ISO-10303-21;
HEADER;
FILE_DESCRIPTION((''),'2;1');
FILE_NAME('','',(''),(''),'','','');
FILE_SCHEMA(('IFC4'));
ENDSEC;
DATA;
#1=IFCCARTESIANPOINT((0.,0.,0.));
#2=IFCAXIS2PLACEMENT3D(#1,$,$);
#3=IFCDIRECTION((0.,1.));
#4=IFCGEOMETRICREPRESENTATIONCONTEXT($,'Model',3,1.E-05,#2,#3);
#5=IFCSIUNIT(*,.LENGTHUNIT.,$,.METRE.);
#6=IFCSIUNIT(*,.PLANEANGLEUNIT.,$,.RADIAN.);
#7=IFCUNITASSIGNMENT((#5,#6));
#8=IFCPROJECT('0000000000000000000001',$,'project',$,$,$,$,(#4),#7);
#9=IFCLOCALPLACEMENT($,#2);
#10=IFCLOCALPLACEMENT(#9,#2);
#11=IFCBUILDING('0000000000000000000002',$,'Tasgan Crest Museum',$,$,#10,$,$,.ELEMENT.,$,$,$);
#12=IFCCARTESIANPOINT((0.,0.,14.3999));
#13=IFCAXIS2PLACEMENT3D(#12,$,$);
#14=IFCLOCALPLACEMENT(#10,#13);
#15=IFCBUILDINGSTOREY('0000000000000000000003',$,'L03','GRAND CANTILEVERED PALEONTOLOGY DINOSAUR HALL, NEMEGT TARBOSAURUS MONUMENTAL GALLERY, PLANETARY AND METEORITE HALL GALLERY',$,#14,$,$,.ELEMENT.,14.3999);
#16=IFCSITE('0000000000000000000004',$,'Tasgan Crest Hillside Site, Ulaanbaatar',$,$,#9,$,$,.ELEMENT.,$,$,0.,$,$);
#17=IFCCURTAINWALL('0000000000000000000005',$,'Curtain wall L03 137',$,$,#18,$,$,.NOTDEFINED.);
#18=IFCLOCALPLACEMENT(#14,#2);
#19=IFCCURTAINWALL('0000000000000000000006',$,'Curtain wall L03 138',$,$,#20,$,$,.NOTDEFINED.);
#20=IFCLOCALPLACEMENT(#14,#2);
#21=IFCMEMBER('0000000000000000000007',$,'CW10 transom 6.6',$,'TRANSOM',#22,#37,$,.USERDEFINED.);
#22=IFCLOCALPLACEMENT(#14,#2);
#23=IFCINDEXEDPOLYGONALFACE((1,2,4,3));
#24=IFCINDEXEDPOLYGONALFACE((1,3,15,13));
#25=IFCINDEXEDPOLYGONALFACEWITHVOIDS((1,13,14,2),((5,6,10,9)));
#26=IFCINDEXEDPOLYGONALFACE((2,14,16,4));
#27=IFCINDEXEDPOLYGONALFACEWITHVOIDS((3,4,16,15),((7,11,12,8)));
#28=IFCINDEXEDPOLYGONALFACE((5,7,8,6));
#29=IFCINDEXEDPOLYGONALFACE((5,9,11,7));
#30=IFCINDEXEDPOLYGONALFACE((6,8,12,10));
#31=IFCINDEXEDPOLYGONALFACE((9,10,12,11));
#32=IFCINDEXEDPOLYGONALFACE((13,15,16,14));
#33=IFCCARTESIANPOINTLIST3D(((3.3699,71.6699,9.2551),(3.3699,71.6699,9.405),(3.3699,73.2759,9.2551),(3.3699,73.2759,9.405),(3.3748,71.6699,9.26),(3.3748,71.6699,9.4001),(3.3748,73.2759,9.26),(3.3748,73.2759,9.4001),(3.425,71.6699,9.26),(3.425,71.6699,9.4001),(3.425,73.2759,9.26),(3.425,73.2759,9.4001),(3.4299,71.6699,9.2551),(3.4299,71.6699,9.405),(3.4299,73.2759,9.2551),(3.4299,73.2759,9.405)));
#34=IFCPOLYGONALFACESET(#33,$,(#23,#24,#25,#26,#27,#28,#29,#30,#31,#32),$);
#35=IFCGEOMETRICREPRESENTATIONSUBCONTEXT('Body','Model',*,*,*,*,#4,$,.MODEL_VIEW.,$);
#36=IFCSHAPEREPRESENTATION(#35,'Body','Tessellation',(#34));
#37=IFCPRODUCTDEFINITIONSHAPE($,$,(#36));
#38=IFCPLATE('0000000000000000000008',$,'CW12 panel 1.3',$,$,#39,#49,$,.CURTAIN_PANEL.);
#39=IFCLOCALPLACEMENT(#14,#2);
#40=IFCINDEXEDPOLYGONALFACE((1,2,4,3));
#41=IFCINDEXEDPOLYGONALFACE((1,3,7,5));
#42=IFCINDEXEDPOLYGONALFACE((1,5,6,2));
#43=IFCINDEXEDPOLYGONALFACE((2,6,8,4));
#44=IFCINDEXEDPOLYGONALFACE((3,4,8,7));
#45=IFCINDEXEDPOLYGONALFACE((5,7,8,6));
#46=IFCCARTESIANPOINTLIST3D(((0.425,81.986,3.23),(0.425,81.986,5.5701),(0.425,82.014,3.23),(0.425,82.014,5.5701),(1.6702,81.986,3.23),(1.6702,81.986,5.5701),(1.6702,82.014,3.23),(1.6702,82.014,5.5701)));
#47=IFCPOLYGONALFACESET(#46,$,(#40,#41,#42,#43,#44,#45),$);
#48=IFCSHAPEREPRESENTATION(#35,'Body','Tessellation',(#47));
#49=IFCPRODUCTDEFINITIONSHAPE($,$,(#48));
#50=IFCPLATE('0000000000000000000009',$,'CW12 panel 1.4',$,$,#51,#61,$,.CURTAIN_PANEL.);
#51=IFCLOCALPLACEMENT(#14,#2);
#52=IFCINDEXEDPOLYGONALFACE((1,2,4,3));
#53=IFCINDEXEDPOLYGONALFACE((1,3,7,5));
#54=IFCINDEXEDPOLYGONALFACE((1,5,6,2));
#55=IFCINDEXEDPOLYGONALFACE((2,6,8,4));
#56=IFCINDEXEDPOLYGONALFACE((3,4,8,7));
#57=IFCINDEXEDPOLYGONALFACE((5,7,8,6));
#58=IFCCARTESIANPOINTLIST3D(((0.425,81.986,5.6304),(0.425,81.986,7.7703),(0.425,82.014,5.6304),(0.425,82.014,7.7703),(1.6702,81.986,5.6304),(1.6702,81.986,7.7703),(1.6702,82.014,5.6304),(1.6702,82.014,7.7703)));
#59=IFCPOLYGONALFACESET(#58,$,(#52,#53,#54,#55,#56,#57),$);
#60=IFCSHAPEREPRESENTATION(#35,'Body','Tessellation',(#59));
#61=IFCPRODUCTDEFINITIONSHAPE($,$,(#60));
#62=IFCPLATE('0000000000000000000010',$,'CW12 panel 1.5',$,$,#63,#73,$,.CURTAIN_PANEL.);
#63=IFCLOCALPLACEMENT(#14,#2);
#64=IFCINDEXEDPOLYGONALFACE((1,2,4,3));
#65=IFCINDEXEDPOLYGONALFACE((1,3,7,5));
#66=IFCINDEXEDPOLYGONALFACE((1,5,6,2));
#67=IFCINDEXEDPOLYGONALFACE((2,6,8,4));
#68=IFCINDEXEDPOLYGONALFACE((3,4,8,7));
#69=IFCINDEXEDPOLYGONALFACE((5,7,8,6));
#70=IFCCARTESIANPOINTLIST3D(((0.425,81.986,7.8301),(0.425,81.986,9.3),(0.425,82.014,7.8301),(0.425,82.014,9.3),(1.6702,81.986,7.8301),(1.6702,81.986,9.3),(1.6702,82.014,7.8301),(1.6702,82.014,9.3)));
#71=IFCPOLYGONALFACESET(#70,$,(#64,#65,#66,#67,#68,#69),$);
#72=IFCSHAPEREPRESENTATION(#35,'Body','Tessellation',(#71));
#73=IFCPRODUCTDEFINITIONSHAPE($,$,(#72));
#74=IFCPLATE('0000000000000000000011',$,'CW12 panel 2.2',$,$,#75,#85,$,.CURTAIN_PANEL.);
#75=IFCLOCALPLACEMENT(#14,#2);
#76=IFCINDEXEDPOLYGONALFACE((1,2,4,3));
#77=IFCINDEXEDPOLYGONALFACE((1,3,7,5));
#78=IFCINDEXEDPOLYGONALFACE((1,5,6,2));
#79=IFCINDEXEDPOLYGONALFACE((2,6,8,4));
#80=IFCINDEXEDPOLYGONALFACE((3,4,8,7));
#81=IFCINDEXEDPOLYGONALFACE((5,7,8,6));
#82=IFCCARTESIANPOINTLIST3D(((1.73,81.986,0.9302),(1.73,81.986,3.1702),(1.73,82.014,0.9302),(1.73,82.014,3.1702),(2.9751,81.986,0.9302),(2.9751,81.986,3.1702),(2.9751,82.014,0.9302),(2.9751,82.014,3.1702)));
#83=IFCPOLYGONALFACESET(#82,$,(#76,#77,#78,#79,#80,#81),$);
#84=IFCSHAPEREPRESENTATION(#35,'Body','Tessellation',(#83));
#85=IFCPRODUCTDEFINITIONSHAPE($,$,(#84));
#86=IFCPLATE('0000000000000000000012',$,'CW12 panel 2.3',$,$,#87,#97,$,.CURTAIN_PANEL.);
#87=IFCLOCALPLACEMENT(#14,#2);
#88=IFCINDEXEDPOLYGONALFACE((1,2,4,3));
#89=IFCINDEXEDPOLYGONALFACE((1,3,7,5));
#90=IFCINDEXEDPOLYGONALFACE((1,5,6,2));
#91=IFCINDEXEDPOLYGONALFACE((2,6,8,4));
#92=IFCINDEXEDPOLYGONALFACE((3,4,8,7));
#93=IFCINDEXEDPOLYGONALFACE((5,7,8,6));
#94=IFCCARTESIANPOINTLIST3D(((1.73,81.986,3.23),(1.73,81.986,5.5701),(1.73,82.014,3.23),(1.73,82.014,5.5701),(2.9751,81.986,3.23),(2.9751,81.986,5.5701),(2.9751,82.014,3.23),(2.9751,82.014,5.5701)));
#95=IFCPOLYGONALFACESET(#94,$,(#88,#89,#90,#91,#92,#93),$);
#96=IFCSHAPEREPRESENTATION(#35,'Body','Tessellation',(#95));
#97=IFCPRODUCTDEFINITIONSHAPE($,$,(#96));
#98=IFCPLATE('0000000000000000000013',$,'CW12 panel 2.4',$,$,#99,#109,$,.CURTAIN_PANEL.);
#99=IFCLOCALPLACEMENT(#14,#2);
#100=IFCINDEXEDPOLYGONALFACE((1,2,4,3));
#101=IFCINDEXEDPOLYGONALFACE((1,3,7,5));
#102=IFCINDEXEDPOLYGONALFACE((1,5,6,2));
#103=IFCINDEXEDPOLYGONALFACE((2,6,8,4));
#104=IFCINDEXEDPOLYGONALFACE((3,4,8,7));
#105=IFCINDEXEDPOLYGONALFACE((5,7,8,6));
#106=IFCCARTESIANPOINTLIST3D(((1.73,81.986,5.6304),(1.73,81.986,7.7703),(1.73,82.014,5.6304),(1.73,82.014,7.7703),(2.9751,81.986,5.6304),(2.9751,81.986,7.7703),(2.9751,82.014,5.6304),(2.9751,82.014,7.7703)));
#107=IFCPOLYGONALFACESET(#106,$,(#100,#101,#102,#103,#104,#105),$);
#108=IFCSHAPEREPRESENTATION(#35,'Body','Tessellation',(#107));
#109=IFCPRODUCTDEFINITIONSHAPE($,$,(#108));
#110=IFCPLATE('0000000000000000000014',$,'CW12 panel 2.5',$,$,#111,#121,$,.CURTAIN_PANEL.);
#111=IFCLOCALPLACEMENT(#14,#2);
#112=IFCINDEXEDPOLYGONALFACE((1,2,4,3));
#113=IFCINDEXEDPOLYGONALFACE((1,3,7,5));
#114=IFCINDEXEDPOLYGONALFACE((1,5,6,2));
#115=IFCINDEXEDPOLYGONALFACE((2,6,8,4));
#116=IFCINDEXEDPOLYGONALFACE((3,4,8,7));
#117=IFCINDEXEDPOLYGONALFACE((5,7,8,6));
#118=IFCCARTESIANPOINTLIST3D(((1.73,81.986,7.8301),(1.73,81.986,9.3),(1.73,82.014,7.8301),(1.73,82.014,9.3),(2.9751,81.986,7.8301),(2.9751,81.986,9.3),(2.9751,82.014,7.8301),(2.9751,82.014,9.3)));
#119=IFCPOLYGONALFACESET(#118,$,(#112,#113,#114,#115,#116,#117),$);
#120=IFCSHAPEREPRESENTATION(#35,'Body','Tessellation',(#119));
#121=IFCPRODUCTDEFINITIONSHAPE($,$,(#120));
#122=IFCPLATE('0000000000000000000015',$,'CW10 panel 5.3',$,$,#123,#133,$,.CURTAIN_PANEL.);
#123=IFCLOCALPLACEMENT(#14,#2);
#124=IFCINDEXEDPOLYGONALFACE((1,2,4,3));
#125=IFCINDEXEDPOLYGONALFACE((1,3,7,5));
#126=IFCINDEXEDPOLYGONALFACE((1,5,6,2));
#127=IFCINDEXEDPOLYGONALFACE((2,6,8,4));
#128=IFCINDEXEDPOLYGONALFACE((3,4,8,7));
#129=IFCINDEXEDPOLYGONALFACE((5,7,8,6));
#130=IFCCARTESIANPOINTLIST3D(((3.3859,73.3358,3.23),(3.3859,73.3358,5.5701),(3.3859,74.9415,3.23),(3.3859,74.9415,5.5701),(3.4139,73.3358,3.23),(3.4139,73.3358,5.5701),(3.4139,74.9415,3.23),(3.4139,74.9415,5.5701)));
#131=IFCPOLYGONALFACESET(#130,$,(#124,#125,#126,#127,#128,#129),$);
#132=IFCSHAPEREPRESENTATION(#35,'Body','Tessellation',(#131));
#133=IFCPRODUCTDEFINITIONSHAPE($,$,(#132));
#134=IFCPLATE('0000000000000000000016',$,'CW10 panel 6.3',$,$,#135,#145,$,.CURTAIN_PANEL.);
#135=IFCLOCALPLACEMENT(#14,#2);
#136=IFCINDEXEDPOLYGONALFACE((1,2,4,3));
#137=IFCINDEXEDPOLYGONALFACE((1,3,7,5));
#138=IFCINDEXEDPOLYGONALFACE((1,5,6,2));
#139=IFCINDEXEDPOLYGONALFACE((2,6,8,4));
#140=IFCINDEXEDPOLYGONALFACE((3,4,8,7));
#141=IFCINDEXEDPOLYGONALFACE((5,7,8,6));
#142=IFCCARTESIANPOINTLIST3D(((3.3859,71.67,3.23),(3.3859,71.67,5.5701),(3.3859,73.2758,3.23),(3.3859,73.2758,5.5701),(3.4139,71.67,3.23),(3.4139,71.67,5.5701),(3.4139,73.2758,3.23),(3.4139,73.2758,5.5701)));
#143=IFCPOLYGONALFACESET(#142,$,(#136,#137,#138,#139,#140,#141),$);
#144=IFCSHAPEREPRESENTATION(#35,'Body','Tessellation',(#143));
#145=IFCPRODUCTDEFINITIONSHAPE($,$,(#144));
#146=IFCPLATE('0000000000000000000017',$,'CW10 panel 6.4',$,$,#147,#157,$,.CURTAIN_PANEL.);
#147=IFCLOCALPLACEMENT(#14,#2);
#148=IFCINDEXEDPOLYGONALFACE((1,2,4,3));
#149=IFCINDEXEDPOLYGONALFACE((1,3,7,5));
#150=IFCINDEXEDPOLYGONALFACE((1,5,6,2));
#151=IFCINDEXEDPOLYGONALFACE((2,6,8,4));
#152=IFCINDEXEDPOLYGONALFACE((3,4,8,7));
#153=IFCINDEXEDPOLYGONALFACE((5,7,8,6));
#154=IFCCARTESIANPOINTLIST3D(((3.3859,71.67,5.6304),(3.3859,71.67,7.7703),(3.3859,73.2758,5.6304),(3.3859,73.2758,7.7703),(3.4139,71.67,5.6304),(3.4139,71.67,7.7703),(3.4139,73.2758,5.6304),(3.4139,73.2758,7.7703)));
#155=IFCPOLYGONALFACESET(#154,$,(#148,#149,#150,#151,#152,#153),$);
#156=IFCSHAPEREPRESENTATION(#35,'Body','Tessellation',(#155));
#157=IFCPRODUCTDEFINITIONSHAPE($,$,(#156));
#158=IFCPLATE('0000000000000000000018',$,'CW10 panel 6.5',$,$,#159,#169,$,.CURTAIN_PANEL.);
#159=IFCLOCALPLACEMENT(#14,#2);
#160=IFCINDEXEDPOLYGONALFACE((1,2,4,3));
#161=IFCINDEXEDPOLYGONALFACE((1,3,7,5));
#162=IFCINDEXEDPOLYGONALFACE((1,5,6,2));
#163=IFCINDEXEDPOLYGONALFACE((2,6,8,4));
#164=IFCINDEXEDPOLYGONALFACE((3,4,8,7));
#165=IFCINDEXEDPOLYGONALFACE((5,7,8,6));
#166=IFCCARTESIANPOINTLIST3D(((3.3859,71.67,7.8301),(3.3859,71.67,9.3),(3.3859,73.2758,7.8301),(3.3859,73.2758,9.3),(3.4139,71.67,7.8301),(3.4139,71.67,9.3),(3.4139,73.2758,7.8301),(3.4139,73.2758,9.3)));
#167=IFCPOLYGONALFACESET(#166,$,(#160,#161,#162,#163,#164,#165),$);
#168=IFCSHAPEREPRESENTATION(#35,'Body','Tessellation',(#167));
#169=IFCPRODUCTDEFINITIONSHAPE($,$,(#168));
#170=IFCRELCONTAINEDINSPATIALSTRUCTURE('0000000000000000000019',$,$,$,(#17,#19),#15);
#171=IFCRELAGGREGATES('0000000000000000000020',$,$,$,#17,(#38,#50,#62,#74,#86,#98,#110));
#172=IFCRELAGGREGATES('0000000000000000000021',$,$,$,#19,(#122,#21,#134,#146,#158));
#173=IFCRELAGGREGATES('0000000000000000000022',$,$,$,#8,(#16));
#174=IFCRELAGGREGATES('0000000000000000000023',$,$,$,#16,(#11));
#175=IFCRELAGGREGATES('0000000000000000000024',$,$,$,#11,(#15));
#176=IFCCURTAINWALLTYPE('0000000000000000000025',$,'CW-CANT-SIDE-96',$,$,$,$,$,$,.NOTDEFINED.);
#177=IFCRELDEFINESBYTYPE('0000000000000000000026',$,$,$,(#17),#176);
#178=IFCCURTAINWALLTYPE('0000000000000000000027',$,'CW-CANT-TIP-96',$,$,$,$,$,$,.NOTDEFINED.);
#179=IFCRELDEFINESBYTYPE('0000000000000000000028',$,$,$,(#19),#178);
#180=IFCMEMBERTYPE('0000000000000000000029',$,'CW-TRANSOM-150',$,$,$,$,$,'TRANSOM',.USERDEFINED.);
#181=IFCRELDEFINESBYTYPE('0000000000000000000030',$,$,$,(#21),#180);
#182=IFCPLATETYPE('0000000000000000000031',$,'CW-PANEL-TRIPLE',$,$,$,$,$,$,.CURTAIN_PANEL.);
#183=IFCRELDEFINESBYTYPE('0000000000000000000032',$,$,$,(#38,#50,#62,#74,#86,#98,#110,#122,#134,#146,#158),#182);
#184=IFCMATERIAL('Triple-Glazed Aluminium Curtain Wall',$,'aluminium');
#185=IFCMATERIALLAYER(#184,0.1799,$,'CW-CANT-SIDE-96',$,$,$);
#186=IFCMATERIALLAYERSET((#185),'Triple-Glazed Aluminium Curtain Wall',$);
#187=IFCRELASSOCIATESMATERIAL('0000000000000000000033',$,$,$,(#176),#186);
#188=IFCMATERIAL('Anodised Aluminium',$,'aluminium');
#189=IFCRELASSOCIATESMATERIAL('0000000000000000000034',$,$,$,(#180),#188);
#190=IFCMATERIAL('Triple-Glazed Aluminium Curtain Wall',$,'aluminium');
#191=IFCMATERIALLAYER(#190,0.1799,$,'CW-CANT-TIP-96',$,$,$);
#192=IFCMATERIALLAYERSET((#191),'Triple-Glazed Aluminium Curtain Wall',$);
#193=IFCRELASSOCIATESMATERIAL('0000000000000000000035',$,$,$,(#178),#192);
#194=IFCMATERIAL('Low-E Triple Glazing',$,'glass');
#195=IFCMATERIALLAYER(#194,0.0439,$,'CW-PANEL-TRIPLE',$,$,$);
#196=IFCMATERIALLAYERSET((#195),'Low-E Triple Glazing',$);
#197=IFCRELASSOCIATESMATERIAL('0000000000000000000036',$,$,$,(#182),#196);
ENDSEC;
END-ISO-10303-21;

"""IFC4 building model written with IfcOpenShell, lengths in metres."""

from ifc_helpers import new_model, si_unit, direction, frame, origin, origin_2d, place, context, subcontext, project, spatial, rectangle, hollow_rectangle, extrude, material, layer, layer_set, material_profile, profile_set, type_object, element, aggregate, save


model = new_model("IFC4")

# Units and contexts
model_context = context("Model", 3, precision=1e-05, world=origin(), true_north=direction((0.0, 1.0)))
body_context = subcontext(model_context, "Body", "Model", "MODEL_VIEW")
ifc_project = project(units=[si_unit("LENGTHUNIT", "METRE"), si_unit("PLANEANGLEUNIT", "RADIAN")], contexts=[model_context])

# Site, building, storey
site_placement = place(None, origin())
site = spatial("IfcSite", under=ifc_project, at=site_placement, Name="Tasgan Crest Hillside Site, Ulaanbaatar", CompositionType="ELEMENT", RefElevation=0.0)
building_placement = place(site_placement, origin())
building = spatial("IfcBuilding", under=site, at=building_placement, Name="Tasgan Crest Museum", CompositionType="ELEMENT")
storey_placement = place(building_placement, frame((0.0, 0.0, 14.3999)))
storey = spatial("IfcBuildingStorey", under=building, at=storey_placement, Name="L03", Description="GRAND CANTILEVERED PALEONTOLOGY DINOSAUR HALL, NEMEGT TARBOSAURUS MONUMENTAL GALLERY, PLANETARY AND METEORITE HALL GALLERY", CompositionType="ELEMENT", Elevation=14.3999)

# Curtain walls, member
ifc_material_1 = material(Name="Triple-Glazed Aluminium Curtain Wall", Category="aluminium")
ifc_layer_1 = layer(ifc_material_1, 0.1799, Name="CW-CANT-SIDE-96")
ifc_layer_set_1 = layer_set([ifc_layer_1], Name="Triple-Glazed Aluminium Curtain Wall")
curtain_wall_type_1 = type_object("IfcCurtainWallType", Name="CW-CANT-SIDE-96", PredefinedType="NOTDEFINED", material=ifc_layer_set_1)
curtain_wall_1_placement = place(storey_placement, origin())
curtain_wall_1 = element("IfcCurtainWall", 1, at=curtain_wall_1_placement, inside=storey, type_object=curtain_wall_type_1, Name="Curtain wall L03 137", PredefinedType="NOTDEFINED")
ifc_material_2 = material(Name="Anodised Aluminium", Category="aluminium")
ifc_material_profile = material_profile(ifc_material_2, hollow_rectangle(XDim=0.0601, YDim=0.1499, WallThickness=0.0049, at=origin_2d()), Name="ALU TRANSOM 150x60x5")
ifc_profile_set = profile_set([ifc_material_profile], Name="Anodised Aluminium")
member_type = type_object("IfcMemberType", Name="CW-TRANSOM-150", ElementType="TRANSOM", PredefinedType="USERDEFINED", material=ifc_profile_set)
ifc_material_3 = material(Name="Triple-Glazed Aluminium Curtain Wall", Category="aluminium")
ifc_layer_2 = layer(ifc_material_3, 0.1799, Name="CW-CANT-TIP-96")
ifc_layer_set_2 = layer_set([ifc_layer_2], Name="Triple-Glazed Aluminium Curtain Wall")
curtain_wall_type_2 = type_object("IfcCurtainWallType", Name="CW-CANT-TIP-96", PredefinedType="NOTDEFINED", material=ifc_layer_set_2)
curtain_wall_2_placement = place(storey_placement, origin())
curtain_wall_2 = element("IfcCurtainWall", 2, at=curtain_wall_2_placement, inside=storey, type_object=curtain_wall_type_2, Name="Curtain wall L03 138", PredefinedType="NOTDEFINED")
member_1_placement = place(storey_placement, frame((3.3999, 73.2759, 9.3301), z_axis=(0.0, -1.0, 0.0), x_axis=(1.0, 0.0, 0.0)))
member_1 = element("IfcMember", 3, at=member_1_placement, type_object=member_type, Name="CW10 transom 6.6", ObjectType="TRANSOM", PredefinedType="USERDEFINED", context=body_context, shape_type="SweptSolid", body=[
    extrude(hollow_rectangle(XDim=0.0601, YDim=0.1499, WallThickness=0.0049, at=origin_2d()), origin(), (0.0, 0.0, 1.0), 1.606),
])

# Plates
ifc_material_4 = material(Name="Low-E Triple Glazing", Category="glass")
ifc_layer_3 = layer(ifc_material_4, 0.0439, Name="CW-PANEL-TRIPLE")
ifc_layer_set_3 = layer_set([ifc_layer_3], Name="Low-E Triple Glazing")
plate_type = type_object("IfcPlateType", Name="CW-PANEL-TRIPLE", PredefinedType="CURTAIN_PANEL", material=ifc_layer_set_3)
plate_1_placement = place(storey_placement, frame((1.0476, 82.0, 3.23), z_axis=(0.0, 0.0, 1.0), x_axis=(1.0, 0.0, 0.0)))
plate_1 = element("IfcPlate", 4, at=plate_1_placement, type_object=plate_type, Name="CW12 panel 1.3", PredefinedType="CURTAIN_PANEL", context=body_context, shape_type="SweptSolid", body=[
    extrude(rectangle(XDim=1.2451, YDim=0.0281, at=origin_2d()), origin(), (0.0, 0.0, 1.0), 2.3401),
])
plate_2_placement = place(storey_placement, frame((1.0476, 82.0, 5.6304), z_axis=(0.0, 0.0, 1.0), x_axis=(1.0, 0.0, 0.0)))
plate_2 = element("IfcPlate", 5, at=plate_2_placement, type_object=plate_type, Name="CW12 panel 1.4", PredefinedType="CURTAIN_PANEL", context=body_context, shape_type="SweptSolid", body=[
    extrude(rectangle(XDim=1.2451, YDim=0.0281, at=origin_2d()), origin(), (0.0, 0.0, 1.0), 2.1399),
])
plate_3_placement = place(storey_placement, frame((1.0476, 82.0, 7.8301), z_axis=(0.0, 0.0, 1.0), x_axis=(1.0, 0.0, 0.0)))
plate_3 = element("IfcPlate", 6, at=plate_3_placement, type_object=plate_type, Name="CW12 panel 1.5", PredefinedType="CURTAIN_PANEL", context=body_context, shape_type="SweptSolid", body=[
    extrude(rectangle(XDim=1.2451, YDim=0.0281, at=origin_2d()), origin(), (0.0, 0.0, 1.0), 1.47),
])
plate_4_placement = place(storey_placement, frame((2.3525, 82.0, 0.9302), z_axis=(0.0, 0.0, 1.0), x_axis=(1.0, 0.0, 0.0)))
plate_4 = element("IfcPlate", 7, at=plate_4_placement, type_object=plate_type, Name="CW12 panel 2.2", PredefinedType="CURTAIN_PANEL", context=body_context, shape_type="SweptSolid", body=[
    extrude(rectangle(XDim=1.2451, YDim=0.0281, at=origin_2d()), origin(), (0.0, 0.0, 1.0), 2.24),
])
plate_5_placement = place(storey_placement, frame((2.3525, 82.0, 3.23), z_axis=(0.0, 0.0, 1.0), x_axis=(1.0, 0.0, 0.0)))
plate_5 = element("IfcPlate", 8, at=plate_5_placement, type_object=plate_type, Name="CW12 panel 2.3", PredefinedType="CURTAIN_PANEL", context=body_context, shape_type="SweptSolid", body=[
    extrude(rectangle(XDim=1.2451, YDim=0.0281, at=origin_2d()), origin(), (0.0, 0.0, 1.0), 2.3401),
])
plate_6_placement = place(storey_placement, frame((2.3525, 82.0, 5.6304), z_axis=(0.0, 0.0, 1.0), x_axis=(1.0, 0.0, 0.0)))
plate_6 = element("IfcPlate", 9, at=plate_6_placement, type_object=plate_type, Name="CW12 panel 2.4", PredefinedType="CURTAIN_PANEL", context=body_context, shape_type="SweptSolid", body=[
    extrude(rectangle(XDim=1.2451, YDim=0.0281, at=origin_2d()), origin(), (0.0, 0.0, 1.0), 2.1399),
])
plate_7_placement = place(storey_placement, frame((2.3525, 82.0, 7.8301), z_axis=(0.0, 0.0, 1.0), x_axis=(1.0, 0.0, 0.0)))
plate_7 = element("IfcPlate", 10, at=plate_7_placement, type_object=plate_type, Name="CW12 panel 2.5", PredefinedType="CURTAIN_PANEL", context=body_context, shape_type="SweptSolid", body=[
    extrude(rectangle(XDim=1.2451, YDim=0.0281, at=origin_2d()), origin(), (0.0, 0.0, 1.0), 1.47),
])
aggregate(curtain_wall_1, [plate_1, plate_2, plate_3, plate_4, plate_5, plate_6, plate_7])
plate_8_placement = place(storey_placement, frame((3.3999, 74.1387, 3.23), z_axis=(0.0, 0.0, 1.0), x_axis=(0.0, -1.0, 0.0)))
plate_8 = element("IfcPlate", 11, at=plate_8_placement, type_object=plate_type, Name="CW10 panel 5.3", PredefinedType="CURTAIN_PANEL", context=body_context, shape_type="SweptSolid", body=[
    extrude(rectangle(XDim=1.6057, YDim=0.0281, at=origin_2d()), origin(), (0.0, 0.0, 1.0), 2.3401),
])
plate_9_placement = place(storey_placement, frame((3.3999, 72.4729, 3.23), z_axis=(0.0, 0.0, 1.0), x_axis=(0.0, -1.0, 0.0)))
plate_9 = element("IfcPlate", 12, at=plate_9_placement, type_object=plate_type, Name="CW10 panel 6.3", PredefinedType="CURTAIN_PANEL", context=body_context, shape_type="SweptSolid", body=[
    extrude(rectangle(XDim=1.6057, YDim=0.0281, at=origin_2d()), origin(), (0.0, 0.0, 1.0), 2.3401),
])
plate_10_placement = place(storey_placement, frame((3.3999, 72.4729, 5.6304), z_axis=(0.0, 0.0, 1.0), x_axis=(0.0, -1.0, 0.0)))
plate_10 = element("IfcPlate", 13, at=plate_10_placement, type_object=plate_type, Name="CW10 panel 6.4", PredefinedType="CURTAIN_PANEL", context=body_context, shape_type="SweptSolid", body=[
    extrude(rectangle(XDim=1.6057, YDim=0.0281, at=origin_2d()), origin(), (0.0, 0.0, 1.0), 2.1399),
])
plate_11_placement = place(storey_placement, frame((3.3999, 72.4729, 7.8301), z_axis=(0.0, 0.0, 1.0), x_axis=(0.0, -1.0, 0.0)))
plate_11 = element("IfcPlate", 14, at=plate_11_placement, type_object=plate_type, Name="CW10 panel 6.5", PredefinedType="CURTAIN_PANEL", context=body_context, shape_type="SweptSolid", body=[
    extrude(rectangle(XDim=1.6057, YDim=0.0281, at=origin_2d()), origin(), (0.0, 0.0, 1.0), 1.47),
])
aggregate(curtain_wall_2, [plate_8, member_1, plate_9, plate_10, plate_11])

save(model, "model.ifc")
